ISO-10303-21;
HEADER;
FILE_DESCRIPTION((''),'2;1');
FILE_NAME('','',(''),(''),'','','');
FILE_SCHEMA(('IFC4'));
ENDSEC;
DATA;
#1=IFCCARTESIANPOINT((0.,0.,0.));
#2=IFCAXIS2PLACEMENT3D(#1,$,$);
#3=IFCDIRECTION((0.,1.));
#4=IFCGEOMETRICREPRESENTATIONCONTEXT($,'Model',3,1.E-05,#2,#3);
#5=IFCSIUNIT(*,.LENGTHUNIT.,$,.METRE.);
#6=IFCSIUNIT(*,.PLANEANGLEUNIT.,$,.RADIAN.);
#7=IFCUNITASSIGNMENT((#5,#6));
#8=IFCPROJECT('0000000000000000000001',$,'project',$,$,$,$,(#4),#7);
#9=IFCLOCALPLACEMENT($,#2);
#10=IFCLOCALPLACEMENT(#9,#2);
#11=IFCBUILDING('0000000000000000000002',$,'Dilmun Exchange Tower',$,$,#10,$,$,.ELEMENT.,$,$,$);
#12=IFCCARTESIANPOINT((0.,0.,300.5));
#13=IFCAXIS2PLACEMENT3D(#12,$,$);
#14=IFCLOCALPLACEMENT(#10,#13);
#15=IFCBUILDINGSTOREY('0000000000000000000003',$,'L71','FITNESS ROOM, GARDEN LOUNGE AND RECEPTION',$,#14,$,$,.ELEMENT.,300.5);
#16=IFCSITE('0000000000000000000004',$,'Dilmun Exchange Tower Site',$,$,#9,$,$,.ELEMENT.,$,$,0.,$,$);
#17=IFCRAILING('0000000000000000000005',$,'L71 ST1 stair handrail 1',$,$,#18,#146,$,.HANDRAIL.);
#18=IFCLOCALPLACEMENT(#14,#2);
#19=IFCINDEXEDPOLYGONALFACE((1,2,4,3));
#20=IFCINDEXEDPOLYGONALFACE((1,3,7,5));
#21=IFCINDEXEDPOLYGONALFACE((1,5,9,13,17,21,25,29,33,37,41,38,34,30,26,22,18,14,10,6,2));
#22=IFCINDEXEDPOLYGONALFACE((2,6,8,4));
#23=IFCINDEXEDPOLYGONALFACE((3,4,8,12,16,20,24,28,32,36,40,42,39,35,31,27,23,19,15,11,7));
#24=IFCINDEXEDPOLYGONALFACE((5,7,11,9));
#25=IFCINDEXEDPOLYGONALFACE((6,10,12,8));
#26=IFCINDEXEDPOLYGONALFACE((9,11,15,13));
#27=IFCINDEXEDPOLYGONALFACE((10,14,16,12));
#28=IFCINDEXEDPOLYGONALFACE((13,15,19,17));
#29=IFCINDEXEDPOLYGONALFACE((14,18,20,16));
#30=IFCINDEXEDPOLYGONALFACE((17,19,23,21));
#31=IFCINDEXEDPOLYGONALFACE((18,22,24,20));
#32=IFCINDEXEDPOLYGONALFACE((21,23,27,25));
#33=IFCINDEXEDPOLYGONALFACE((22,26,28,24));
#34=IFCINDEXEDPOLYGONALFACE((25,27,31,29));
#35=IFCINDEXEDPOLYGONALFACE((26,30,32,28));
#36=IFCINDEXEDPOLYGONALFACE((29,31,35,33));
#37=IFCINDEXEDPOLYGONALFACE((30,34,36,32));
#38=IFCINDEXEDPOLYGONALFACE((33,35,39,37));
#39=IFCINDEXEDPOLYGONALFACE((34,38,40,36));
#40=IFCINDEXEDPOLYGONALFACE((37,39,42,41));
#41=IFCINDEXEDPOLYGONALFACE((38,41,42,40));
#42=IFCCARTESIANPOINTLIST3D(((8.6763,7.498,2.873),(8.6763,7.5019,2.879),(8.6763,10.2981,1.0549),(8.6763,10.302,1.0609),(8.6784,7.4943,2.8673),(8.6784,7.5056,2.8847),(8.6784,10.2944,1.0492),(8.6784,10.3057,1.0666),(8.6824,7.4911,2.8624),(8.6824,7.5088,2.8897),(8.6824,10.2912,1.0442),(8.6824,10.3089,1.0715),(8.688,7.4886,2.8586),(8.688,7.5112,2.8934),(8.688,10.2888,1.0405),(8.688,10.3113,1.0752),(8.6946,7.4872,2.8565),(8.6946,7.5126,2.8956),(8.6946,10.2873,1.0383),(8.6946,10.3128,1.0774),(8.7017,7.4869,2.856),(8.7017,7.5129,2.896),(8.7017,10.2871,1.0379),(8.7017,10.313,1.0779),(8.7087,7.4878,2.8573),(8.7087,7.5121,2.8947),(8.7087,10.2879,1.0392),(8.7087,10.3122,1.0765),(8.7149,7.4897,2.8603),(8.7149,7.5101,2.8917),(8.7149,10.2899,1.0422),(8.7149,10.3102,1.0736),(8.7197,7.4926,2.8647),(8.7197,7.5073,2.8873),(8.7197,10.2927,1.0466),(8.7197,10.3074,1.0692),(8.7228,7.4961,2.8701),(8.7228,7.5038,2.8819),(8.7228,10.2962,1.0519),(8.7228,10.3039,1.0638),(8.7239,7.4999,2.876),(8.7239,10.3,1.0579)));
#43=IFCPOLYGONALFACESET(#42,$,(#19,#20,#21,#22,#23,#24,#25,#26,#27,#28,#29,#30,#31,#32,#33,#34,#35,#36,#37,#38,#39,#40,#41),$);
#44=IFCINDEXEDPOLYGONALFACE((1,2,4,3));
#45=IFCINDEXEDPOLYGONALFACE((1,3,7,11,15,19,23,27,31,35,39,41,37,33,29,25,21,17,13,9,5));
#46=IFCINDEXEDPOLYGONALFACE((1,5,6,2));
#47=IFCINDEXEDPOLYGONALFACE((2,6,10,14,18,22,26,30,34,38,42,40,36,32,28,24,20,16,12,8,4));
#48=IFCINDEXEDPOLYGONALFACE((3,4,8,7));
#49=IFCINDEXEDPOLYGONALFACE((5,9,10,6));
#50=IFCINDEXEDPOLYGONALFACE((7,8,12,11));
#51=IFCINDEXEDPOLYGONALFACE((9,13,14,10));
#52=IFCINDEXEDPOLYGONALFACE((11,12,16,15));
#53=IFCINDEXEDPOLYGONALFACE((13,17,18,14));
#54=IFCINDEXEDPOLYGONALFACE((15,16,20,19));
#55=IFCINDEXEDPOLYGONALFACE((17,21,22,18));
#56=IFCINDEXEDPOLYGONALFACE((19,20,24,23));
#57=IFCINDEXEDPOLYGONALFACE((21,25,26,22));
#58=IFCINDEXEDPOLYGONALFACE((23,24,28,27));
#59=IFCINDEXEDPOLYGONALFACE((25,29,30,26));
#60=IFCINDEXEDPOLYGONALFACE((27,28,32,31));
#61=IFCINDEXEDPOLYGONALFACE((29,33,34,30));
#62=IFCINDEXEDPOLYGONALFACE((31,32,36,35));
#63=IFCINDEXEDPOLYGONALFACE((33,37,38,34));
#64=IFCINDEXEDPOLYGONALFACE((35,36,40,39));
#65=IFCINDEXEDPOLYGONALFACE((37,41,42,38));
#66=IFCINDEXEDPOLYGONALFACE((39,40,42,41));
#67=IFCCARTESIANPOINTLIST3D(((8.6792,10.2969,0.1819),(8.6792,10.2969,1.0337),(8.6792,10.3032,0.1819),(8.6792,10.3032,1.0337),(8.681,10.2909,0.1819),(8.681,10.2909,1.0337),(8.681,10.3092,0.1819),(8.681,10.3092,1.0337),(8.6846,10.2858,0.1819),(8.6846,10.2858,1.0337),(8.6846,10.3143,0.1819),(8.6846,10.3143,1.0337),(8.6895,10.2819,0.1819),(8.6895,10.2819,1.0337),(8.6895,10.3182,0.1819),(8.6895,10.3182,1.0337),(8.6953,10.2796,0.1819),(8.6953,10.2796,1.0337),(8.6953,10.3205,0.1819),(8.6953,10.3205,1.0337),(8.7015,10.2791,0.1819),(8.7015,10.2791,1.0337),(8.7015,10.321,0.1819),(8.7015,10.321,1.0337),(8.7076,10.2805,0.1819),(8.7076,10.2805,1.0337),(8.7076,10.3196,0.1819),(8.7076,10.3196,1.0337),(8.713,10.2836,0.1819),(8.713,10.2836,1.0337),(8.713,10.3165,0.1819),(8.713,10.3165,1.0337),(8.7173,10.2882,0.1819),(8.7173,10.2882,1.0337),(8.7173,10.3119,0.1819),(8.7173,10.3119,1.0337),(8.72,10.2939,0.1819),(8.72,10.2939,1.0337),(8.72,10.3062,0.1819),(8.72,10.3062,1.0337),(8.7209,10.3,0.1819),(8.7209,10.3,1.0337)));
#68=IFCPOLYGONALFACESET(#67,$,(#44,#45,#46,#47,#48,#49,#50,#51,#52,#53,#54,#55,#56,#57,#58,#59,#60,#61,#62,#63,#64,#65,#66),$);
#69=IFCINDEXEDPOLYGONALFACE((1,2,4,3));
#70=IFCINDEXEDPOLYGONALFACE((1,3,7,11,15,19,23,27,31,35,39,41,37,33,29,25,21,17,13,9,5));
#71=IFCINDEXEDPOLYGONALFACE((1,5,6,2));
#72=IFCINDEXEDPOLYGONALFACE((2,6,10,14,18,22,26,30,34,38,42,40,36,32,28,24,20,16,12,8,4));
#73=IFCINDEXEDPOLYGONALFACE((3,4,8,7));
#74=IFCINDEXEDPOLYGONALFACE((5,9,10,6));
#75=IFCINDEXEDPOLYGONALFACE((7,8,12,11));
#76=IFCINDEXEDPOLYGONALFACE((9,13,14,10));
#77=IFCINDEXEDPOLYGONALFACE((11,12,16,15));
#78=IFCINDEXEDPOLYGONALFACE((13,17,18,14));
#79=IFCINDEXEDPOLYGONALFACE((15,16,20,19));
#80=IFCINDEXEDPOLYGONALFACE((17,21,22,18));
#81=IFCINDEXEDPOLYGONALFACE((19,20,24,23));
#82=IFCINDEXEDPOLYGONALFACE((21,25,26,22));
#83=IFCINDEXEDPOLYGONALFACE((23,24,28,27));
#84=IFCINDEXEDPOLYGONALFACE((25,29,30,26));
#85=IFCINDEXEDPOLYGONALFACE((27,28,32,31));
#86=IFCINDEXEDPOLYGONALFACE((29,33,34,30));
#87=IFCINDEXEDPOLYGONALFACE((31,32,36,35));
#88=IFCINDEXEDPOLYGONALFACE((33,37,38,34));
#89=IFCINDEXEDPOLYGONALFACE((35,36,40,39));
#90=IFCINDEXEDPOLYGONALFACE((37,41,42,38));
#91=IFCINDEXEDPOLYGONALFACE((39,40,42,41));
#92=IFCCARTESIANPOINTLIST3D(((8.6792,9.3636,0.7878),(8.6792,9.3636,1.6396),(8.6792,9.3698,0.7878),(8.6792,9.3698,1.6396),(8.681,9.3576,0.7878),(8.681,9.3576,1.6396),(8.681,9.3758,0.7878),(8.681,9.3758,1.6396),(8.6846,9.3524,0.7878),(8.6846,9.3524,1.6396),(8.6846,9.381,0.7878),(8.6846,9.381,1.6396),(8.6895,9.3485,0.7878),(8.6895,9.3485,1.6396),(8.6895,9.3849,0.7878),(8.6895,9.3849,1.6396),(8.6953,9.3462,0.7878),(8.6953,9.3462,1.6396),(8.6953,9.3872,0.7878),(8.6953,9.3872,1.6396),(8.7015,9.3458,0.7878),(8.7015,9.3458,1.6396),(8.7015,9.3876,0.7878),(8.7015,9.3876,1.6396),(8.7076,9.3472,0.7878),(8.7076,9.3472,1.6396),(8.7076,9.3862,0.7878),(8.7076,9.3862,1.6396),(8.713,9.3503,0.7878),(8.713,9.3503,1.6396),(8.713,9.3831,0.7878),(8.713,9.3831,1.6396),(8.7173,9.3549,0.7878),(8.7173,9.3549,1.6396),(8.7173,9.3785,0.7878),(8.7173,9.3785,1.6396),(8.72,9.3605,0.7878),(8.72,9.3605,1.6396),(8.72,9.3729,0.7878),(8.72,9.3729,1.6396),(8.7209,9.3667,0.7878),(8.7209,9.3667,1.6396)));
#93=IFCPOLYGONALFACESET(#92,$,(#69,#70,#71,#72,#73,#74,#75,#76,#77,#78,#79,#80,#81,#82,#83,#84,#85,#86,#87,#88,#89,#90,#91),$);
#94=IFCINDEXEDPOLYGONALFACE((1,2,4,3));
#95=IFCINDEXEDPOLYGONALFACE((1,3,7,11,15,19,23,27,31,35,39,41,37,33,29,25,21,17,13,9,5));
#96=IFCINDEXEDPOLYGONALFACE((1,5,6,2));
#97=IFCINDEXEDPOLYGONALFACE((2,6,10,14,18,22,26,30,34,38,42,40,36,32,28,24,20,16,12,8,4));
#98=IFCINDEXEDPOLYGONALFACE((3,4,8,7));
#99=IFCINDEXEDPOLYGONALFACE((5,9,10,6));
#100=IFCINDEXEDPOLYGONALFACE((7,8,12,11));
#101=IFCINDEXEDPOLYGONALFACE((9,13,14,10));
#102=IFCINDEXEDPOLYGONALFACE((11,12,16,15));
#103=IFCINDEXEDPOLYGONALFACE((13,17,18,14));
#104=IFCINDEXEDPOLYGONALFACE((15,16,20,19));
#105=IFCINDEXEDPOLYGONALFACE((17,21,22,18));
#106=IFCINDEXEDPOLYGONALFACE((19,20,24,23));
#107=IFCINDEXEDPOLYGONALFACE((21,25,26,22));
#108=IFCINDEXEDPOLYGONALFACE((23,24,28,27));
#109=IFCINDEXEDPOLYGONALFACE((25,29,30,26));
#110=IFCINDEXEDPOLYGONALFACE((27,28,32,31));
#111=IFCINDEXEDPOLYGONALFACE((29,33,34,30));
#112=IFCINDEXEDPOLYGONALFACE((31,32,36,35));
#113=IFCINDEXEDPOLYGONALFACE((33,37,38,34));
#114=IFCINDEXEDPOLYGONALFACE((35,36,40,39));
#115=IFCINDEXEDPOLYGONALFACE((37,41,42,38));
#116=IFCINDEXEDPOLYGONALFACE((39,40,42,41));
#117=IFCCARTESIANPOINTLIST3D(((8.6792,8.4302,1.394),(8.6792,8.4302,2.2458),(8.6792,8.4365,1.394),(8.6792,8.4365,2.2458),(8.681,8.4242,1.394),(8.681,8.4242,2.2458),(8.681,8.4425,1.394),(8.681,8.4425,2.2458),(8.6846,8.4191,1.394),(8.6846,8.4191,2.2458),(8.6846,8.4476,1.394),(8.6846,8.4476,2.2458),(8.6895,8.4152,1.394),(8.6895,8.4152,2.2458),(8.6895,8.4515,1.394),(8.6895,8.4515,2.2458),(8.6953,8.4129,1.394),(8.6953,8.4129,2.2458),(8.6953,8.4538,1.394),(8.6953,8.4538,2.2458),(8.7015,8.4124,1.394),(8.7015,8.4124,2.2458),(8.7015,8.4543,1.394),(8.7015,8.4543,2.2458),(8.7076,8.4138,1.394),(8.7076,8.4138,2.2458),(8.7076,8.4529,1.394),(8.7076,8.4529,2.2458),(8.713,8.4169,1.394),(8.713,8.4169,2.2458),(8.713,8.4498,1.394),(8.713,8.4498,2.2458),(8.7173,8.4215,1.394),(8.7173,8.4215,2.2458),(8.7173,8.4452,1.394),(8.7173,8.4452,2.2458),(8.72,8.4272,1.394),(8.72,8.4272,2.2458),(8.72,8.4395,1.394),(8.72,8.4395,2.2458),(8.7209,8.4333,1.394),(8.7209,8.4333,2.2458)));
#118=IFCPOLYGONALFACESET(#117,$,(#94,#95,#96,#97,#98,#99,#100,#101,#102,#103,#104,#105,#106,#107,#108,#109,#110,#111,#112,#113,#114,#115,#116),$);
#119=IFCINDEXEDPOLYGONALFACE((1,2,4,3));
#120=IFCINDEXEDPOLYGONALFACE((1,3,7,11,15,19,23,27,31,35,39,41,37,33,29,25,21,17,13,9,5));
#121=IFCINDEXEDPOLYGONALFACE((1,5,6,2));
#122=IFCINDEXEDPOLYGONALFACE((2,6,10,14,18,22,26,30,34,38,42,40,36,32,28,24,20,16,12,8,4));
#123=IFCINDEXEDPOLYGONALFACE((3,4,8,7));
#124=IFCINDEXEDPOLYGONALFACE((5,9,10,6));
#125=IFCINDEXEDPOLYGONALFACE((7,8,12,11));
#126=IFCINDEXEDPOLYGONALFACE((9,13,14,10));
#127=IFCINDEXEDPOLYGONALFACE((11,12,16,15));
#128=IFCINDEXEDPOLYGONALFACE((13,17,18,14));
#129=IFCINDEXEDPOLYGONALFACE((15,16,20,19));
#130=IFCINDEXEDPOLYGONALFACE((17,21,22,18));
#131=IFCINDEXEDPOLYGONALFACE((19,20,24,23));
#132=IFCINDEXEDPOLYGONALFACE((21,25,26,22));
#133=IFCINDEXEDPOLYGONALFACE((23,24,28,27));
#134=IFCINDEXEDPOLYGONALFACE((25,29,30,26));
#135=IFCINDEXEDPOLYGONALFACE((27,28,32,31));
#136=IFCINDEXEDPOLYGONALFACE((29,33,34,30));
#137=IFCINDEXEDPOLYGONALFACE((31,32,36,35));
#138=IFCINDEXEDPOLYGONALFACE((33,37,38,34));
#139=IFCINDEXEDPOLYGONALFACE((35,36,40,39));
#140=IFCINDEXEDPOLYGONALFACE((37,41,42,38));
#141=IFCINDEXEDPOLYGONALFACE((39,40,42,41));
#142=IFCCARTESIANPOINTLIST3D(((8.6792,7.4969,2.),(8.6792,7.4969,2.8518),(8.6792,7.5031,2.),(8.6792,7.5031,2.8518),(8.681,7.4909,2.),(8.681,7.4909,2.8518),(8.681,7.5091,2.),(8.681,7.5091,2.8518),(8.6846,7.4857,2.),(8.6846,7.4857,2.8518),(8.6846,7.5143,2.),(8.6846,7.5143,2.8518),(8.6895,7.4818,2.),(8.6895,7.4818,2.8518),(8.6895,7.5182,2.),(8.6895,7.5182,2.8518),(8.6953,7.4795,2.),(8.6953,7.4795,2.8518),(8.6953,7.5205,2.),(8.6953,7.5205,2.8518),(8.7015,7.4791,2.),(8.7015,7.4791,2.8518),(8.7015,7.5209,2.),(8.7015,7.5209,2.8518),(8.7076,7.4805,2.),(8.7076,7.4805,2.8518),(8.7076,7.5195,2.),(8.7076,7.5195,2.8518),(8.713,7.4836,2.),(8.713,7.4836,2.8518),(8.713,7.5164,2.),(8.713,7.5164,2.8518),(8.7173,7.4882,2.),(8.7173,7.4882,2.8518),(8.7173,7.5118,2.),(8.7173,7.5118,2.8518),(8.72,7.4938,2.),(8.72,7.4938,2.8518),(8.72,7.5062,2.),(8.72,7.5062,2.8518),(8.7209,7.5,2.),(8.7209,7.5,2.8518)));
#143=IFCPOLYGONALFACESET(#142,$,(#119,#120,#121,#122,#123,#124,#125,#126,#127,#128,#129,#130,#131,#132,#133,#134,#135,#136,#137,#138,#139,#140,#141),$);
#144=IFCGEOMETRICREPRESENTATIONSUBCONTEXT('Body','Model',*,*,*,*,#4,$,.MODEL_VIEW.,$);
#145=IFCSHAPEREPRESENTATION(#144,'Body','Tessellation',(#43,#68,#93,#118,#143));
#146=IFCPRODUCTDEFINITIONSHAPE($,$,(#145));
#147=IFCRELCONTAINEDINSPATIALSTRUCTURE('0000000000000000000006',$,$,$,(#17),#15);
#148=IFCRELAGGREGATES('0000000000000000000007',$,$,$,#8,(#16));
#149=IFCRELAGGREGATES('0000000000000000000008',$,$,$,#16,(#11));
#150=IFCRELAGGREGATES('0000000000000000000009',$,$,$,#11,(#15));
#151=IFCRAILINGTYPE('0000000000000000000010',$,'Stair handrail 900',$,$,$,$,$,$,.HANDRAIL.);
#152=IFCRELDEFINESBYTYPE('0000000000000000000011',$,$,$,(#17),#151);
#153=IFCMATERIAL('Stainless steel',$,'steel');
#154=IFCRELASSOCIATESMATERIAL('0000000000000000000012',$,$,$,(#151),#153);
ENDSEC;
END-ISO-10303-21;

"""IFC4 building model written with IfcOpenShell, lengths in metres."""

from ifc_helpers import new_model, si_unit, direction, frame, origin, origin_2d, place, context, subcontext, project, spatial, circle, extrude, material, type_object, element, save


model = new_model("IFC4")

# Units and contexts
model_context = context("Model", 3, precision=1e-05, world=origin(), true_north=direction((0.0, 1.0)))
body_context = subcontext(model_context, "Body", "Model", "MODEL_VIEW")
ifc_project = project(units=[si_unit("LENGTHUNIT", "METRE"), si_unit("PLANEANGLEUNIT", "RADIAN")], contexts=[model_context])

# Site, building, storey
site_placement = place(None, origin())
site = spatial("IfcSite", under=ifc_project, at=site_placement, Name="Dilmun Exchange Tower Site", CompositionType="ELEMENT", RefElevation=0.0)
building_placement = place(site_placement, origin())
building = spatial("IfcBuilding", under=site, at=building_placement, Name="Dilmun Exchange Tower", CompositionType="ELEMENT")
storey_placement = place(building_placement, frame((0.0, 0.0, 300.5)))
storey = spatial("IfcBuildingStorey", under=building, at=storey_placement, Name="L71", Description="FITNESS ROOM, GARDEN LOUNGE AND RECEPTION", CompositionType="ELEMENT", Elevation=300.5)

# Railing
ifc_material_1 = material(Name="Stainless steel", Category="steel")
railing_type = type_object("IfcRailingType", Name="Stair handrail 900", PredefinedType="HANDRAIL", material=ifc_material_1)
railing_1_placement = place(storey_placement, frame((8.7, 10.3, 0.1819)))
element("IfcRailing", 1, at=railing_1_placement, inside=storey, type_object=railing_type, Name="L71 ST1 stair handrail 1", PredefinedType="HANDRAIL", context=body_context, shape_type="SweptSolid", body=[
    extrude(circle(Radius=0.0239, at=origin_2d()), frame((0.0, 0.0, 0.876), z_axis=(0.0, -0.838706, 0.544585), x_axis=(1.0, 0.0, 0.0)), (0.0, 0.0, 1.0), 3.3386),
    extrude(circle(Radius=0.021, at=origin_2d()), origin(), (0.0, 0.0, 1.0), 0.8518),
    extrude(circle(Radius=0.021, at=origin_2d()), frame((0.0, -0.9333, 0.606)), (0.0, 0.0, 1.0), 0.8518),
    extrude(circle(Radius=0.021, at=origin_2d()), frame((0.0, -1.8667, 1.2122)), (0.0, 0.0, 1.0), 0.8518),
    extrude(circle(Radius=0.021, at=origin_2d()), frame((0.0, -2.8, 1.8181)), (0.0, 0.0, 1.0), 0.8518),
])

save(model, "model.ifc")
